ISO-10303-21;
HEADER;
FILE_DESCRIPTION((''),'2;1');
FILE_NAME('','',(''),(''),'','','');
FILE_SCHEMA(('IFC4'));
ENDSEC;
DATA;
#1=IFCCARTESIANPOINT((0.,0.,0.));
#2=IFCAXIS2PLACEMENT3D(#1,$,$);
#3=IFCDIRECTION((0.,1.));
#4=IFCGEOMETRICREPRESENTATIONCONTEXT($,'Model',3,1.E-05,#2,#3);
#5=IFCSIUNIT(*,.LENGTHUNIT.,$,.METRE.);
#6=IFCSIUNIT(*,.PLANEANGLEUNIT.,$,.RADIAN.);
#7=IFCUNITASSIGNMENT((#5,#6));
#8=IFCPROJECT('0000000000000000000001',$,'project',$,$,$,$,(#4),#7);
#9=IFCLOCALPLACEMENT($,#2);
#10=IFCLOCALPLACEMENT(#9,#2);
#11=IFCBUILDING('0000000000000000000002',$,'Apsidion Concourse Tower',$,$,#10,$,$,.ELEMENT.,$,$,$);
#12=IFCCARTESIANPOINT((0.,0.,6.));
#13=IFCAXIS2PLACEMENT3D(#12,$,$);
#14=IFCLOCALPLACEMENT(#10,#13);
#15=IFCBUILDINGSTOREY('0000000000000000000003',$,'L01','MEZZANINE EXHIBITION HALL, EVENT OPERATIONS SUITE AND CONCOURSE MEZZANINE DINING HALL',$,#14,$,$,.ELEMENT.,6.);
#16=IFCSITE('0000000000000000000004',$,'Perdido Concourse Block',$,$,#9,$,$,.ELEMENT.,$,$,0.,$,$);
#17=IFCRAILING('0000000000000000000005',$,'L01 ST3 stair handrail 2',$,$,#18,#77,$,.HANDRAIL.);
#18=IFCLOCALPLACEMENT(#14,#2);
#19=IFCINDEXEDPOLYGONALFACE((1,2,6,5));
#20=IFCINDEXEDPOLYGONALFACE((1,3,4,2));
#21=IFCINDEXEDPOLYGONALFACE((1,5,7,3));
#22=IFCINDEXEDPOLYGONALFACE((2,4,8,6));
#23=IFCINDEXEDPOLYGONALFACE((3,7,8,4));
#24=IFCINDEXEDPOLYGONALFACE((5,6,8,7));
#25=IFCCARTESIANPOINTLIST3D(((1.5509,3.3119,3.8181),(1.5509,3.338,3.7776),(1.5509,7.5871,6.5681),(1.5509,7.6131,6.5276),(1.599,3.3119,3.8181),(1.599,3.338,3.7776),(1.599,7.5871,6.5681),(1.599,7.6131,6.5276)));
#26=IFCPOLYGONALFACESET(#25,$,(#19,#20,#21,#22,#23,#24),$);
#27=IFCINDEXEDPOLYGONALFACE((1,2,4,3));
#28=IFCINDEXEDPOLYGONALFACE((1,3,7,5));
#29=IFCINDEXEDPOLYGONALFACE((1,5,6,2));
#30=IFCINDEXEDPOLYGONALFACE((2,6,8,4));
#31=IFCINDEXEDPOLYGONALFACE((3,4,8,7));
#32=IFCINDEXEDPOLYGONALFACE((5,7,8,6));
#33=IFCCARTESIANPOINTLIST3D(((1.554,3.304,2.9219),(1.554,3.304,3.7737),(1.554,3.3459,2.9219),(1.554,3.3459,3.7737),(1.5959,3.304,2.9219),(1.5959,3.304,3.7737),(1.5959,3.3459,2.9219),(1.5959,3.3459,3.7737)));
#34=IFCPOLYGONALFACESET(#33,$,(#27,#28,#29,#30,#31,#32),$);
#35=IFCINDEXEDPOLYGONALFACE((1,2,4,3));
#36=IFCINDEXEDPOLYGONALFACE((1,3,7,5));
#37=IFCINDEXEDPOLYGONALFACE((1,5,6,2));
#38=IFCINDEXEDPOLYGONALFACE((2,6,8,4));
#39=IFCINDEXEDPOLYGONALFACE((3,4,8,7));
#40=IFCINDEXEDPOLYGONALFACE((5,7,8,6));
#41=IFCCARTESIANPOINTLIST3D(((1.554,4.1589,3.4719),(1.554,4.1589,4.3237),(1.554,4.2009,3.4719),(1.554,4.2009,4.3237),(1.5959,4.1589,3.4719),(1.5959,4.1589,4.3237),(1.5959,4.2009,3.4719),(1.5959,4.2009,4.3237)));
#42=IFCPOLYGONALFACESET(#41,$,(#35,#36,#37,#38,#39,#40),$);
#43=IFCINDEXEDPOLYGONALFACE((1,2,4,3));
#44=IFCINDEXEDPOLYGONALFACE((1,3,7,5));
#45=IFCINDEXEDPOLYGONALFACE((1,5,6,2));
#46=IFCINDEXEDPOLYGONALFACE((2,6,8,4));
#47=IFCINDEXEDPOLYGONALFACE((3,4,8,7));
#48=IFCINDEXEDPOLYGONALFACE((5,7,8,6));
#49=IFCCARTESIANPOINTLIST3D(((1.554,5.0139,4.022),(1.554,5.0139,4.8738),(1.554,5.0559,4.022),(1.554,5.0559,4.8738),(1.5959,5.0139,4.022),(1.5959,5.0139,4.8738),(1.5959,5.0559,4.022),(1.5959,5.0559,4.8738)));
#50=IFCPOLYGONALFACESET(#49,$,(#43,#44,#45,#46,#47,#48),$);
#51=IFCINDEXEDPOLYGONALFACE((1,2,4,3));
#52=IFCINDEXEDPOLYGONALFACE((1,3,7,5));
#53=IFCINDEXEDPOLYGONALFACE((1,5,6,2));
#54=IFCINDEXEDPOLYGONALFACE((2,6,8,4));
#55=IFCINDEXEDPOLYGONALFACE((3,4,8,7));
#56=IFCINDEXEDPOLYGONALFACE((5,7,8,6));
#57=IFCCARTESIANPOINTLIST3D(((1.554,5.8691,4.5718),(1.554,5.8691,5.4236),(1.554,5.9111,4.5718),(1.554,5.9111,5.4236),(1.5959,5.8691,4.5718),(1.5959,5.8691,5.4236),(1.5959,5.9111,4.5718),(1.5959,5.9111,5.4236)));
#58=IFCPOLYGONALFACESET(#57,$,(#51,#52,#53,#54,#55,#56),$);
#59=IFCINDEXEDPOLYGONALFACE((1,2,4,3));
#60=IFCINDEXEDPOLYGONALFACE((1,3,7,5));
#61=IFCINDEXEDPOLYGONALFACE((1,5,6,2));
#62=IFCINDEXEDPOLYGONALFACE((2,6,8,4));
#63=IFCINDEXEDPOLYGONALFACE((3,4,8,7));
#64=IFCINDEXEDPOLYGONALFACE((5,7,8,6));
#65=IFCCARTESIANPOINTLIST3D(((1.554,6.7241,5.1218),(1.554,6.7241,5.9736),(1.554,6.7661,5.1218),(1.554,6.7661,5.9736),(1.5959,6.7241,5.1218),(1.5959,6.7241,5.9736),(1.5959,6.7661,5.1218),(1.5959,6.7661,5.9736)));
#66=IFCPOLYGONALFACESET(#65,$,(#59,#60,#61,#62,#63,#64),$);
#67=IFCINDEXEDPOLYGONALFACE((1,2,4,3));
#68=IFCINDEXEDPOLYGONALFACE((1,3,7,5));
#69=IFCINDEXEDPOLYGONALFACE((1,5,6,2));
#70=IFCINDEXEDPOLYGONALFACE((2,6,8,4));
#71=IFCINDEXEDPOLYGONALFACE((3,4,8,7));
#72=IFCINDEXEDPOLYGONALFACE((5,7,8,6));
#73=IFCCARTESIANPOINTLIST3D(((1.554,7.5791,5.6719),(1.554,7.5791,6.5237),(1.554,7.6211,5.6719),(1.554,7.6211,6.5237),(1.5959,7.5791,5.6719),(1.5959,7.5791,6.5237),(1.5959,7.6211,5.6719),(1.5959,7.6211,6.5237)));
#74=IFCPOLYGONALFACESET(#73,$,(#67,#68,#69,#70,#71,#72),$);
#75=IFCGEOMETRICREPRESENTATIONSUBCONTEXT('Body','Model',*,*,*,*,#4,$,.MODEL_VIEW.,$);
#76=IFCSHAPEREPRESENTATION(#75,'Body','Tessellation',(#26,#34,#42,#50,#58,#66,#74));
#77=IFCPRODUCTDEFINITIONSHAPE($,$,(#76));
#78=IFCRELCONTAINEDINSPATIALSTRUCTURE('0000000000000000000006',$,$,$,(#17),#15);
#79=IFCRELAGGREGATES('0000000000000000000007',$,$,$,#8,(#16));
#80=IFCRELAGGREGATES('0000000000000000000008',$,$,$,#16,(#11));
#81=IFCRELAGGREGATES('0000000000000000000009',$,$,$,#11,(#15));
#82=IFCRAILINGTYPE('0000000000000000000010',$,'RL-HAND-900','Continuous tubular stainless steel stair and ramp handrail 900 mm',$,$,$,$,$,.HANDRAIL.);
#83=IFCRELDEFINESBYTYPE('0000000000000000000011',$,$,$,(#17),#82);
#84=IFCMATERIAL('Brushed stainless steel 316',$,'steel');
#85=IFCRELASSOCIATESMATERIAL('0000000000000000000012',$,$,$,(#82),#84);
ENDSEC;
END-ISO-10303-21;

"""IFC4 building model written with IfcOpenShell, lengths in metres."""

from ifc_helpers import new_model, si_unit, direction, frame, origin, origin_2d, place, context, subcontext, project, spatial, rectangle, extrude, material, type_object, element, save


model = new_model("IFC4")

# Units and contexts
model_context = context("Model", 3, precision=1e-05, world=origin(), true_north=direction((0.0, 1.0)))
body_context = subcontext(model_context, "Body", "Model", "MODEL_VIEW")
ifc_project = project(units=[si_unit("LENGTHUNIT", "METRE"), si_unit("PLANEANGLEUNIT", "RADIAN")], contexts=[model_context])

# Site, building, storey
site_placement = place(None, origin())
site = spatial("IfcSite", under=ifc_project, at=site_placement, Name="Perdido Concourse Block", CompositionType="ELEMENT", RefElevation=0.0)
building_placement = place(site_placement, origin())
building = spatial("IfcBuilding", under=site, at=building_placement, Name="Apsidion Concourse Tower", CompositionType="ELEMENT")
storey_placement = place(building_placement, frame((0.0, 0.0, 6.0)))
storey = spatial("IfcBuildingStorey", under=building, at=storey_placement, Name="L01", Description="MEZZANINE EXHIBITION HALL, EVENT OPERATIONS SUITE AND CONCOURSE MEZZANINE DINING HALL", CompositionType="ELEMENT", Elevation=6.0)

# Shared definitions
ifc_material_1 = material(Name="Brushed stainless steel 316", Category="steel")

# Railing
railing_type_1 = type_object("IfcRailingType", Name="RL-HAND-900", Description="Continuous tubular stainless steel stair and ramp handrail 900 mm", PredefinedType="HANDRAIL", material=ifc_material_1)
railing_1_placement = place(storey_placement, frame((1.575, 3.325, 2.9219)))
element("IfcRailing", 1, at=railing_1_placement, inside=storey, type_object=railing_type_1, Name="L01 ST3 stair handrail 2", PredefinedType="HANDRAIL", context=body_context, shape_type="SweptSolid", body=[
    extrude(rectangle(XDim=0.0481, YDim=0.0481, at=origin_2d()), frame((0.0, 0.0, 0.876), z_axis=(0.0, 0.841027, 0.540993), x_axis=(-1.0, 0.0, 0.0)), (0.0, 0.0, 1.0), 5.0833),
    extrude(rectangle(XDim=0.042, YDim=0.042, at=origin_2d()), origin(), (0.0, 0.0, 1.0), 0.8518),
    extrude(rectangle(XDim=0.042, YDim=0.042, at=origin_2d()), frame((0.0, 0.855, 0.55)), (0.0, 0.0, 1.0), 0.8518),
    extrude(rectangle(XDim=0.042, YDim=0.042, at=origin_2d()), frame((0.0, 1.71, 1.1001)), (0.0, 0.0, 1.0), 0.8518),
    extrude(rectangle(XDim=0.042, YDim=0.042, at=origin_2d()), frame((0.0, 2.5652, 1.6499)), (0.0, 0.0, 1.0), 0.8518),
    extrude(rectangle(XDim=0.042, YDim=0.042, at=origin_2d()), frame((0.0, 3.4202, 2.2)), (0.0, 0.0, 1.0), 0.8518),
    extrude(rectangle(XDim=0.042, YDim=0.042, at=origin_2d()), frame((0.0, 4.2751, 2.75)), (0.0, 0.0, 1.0), 0.8518),
])

save(model, "model.ifc")
